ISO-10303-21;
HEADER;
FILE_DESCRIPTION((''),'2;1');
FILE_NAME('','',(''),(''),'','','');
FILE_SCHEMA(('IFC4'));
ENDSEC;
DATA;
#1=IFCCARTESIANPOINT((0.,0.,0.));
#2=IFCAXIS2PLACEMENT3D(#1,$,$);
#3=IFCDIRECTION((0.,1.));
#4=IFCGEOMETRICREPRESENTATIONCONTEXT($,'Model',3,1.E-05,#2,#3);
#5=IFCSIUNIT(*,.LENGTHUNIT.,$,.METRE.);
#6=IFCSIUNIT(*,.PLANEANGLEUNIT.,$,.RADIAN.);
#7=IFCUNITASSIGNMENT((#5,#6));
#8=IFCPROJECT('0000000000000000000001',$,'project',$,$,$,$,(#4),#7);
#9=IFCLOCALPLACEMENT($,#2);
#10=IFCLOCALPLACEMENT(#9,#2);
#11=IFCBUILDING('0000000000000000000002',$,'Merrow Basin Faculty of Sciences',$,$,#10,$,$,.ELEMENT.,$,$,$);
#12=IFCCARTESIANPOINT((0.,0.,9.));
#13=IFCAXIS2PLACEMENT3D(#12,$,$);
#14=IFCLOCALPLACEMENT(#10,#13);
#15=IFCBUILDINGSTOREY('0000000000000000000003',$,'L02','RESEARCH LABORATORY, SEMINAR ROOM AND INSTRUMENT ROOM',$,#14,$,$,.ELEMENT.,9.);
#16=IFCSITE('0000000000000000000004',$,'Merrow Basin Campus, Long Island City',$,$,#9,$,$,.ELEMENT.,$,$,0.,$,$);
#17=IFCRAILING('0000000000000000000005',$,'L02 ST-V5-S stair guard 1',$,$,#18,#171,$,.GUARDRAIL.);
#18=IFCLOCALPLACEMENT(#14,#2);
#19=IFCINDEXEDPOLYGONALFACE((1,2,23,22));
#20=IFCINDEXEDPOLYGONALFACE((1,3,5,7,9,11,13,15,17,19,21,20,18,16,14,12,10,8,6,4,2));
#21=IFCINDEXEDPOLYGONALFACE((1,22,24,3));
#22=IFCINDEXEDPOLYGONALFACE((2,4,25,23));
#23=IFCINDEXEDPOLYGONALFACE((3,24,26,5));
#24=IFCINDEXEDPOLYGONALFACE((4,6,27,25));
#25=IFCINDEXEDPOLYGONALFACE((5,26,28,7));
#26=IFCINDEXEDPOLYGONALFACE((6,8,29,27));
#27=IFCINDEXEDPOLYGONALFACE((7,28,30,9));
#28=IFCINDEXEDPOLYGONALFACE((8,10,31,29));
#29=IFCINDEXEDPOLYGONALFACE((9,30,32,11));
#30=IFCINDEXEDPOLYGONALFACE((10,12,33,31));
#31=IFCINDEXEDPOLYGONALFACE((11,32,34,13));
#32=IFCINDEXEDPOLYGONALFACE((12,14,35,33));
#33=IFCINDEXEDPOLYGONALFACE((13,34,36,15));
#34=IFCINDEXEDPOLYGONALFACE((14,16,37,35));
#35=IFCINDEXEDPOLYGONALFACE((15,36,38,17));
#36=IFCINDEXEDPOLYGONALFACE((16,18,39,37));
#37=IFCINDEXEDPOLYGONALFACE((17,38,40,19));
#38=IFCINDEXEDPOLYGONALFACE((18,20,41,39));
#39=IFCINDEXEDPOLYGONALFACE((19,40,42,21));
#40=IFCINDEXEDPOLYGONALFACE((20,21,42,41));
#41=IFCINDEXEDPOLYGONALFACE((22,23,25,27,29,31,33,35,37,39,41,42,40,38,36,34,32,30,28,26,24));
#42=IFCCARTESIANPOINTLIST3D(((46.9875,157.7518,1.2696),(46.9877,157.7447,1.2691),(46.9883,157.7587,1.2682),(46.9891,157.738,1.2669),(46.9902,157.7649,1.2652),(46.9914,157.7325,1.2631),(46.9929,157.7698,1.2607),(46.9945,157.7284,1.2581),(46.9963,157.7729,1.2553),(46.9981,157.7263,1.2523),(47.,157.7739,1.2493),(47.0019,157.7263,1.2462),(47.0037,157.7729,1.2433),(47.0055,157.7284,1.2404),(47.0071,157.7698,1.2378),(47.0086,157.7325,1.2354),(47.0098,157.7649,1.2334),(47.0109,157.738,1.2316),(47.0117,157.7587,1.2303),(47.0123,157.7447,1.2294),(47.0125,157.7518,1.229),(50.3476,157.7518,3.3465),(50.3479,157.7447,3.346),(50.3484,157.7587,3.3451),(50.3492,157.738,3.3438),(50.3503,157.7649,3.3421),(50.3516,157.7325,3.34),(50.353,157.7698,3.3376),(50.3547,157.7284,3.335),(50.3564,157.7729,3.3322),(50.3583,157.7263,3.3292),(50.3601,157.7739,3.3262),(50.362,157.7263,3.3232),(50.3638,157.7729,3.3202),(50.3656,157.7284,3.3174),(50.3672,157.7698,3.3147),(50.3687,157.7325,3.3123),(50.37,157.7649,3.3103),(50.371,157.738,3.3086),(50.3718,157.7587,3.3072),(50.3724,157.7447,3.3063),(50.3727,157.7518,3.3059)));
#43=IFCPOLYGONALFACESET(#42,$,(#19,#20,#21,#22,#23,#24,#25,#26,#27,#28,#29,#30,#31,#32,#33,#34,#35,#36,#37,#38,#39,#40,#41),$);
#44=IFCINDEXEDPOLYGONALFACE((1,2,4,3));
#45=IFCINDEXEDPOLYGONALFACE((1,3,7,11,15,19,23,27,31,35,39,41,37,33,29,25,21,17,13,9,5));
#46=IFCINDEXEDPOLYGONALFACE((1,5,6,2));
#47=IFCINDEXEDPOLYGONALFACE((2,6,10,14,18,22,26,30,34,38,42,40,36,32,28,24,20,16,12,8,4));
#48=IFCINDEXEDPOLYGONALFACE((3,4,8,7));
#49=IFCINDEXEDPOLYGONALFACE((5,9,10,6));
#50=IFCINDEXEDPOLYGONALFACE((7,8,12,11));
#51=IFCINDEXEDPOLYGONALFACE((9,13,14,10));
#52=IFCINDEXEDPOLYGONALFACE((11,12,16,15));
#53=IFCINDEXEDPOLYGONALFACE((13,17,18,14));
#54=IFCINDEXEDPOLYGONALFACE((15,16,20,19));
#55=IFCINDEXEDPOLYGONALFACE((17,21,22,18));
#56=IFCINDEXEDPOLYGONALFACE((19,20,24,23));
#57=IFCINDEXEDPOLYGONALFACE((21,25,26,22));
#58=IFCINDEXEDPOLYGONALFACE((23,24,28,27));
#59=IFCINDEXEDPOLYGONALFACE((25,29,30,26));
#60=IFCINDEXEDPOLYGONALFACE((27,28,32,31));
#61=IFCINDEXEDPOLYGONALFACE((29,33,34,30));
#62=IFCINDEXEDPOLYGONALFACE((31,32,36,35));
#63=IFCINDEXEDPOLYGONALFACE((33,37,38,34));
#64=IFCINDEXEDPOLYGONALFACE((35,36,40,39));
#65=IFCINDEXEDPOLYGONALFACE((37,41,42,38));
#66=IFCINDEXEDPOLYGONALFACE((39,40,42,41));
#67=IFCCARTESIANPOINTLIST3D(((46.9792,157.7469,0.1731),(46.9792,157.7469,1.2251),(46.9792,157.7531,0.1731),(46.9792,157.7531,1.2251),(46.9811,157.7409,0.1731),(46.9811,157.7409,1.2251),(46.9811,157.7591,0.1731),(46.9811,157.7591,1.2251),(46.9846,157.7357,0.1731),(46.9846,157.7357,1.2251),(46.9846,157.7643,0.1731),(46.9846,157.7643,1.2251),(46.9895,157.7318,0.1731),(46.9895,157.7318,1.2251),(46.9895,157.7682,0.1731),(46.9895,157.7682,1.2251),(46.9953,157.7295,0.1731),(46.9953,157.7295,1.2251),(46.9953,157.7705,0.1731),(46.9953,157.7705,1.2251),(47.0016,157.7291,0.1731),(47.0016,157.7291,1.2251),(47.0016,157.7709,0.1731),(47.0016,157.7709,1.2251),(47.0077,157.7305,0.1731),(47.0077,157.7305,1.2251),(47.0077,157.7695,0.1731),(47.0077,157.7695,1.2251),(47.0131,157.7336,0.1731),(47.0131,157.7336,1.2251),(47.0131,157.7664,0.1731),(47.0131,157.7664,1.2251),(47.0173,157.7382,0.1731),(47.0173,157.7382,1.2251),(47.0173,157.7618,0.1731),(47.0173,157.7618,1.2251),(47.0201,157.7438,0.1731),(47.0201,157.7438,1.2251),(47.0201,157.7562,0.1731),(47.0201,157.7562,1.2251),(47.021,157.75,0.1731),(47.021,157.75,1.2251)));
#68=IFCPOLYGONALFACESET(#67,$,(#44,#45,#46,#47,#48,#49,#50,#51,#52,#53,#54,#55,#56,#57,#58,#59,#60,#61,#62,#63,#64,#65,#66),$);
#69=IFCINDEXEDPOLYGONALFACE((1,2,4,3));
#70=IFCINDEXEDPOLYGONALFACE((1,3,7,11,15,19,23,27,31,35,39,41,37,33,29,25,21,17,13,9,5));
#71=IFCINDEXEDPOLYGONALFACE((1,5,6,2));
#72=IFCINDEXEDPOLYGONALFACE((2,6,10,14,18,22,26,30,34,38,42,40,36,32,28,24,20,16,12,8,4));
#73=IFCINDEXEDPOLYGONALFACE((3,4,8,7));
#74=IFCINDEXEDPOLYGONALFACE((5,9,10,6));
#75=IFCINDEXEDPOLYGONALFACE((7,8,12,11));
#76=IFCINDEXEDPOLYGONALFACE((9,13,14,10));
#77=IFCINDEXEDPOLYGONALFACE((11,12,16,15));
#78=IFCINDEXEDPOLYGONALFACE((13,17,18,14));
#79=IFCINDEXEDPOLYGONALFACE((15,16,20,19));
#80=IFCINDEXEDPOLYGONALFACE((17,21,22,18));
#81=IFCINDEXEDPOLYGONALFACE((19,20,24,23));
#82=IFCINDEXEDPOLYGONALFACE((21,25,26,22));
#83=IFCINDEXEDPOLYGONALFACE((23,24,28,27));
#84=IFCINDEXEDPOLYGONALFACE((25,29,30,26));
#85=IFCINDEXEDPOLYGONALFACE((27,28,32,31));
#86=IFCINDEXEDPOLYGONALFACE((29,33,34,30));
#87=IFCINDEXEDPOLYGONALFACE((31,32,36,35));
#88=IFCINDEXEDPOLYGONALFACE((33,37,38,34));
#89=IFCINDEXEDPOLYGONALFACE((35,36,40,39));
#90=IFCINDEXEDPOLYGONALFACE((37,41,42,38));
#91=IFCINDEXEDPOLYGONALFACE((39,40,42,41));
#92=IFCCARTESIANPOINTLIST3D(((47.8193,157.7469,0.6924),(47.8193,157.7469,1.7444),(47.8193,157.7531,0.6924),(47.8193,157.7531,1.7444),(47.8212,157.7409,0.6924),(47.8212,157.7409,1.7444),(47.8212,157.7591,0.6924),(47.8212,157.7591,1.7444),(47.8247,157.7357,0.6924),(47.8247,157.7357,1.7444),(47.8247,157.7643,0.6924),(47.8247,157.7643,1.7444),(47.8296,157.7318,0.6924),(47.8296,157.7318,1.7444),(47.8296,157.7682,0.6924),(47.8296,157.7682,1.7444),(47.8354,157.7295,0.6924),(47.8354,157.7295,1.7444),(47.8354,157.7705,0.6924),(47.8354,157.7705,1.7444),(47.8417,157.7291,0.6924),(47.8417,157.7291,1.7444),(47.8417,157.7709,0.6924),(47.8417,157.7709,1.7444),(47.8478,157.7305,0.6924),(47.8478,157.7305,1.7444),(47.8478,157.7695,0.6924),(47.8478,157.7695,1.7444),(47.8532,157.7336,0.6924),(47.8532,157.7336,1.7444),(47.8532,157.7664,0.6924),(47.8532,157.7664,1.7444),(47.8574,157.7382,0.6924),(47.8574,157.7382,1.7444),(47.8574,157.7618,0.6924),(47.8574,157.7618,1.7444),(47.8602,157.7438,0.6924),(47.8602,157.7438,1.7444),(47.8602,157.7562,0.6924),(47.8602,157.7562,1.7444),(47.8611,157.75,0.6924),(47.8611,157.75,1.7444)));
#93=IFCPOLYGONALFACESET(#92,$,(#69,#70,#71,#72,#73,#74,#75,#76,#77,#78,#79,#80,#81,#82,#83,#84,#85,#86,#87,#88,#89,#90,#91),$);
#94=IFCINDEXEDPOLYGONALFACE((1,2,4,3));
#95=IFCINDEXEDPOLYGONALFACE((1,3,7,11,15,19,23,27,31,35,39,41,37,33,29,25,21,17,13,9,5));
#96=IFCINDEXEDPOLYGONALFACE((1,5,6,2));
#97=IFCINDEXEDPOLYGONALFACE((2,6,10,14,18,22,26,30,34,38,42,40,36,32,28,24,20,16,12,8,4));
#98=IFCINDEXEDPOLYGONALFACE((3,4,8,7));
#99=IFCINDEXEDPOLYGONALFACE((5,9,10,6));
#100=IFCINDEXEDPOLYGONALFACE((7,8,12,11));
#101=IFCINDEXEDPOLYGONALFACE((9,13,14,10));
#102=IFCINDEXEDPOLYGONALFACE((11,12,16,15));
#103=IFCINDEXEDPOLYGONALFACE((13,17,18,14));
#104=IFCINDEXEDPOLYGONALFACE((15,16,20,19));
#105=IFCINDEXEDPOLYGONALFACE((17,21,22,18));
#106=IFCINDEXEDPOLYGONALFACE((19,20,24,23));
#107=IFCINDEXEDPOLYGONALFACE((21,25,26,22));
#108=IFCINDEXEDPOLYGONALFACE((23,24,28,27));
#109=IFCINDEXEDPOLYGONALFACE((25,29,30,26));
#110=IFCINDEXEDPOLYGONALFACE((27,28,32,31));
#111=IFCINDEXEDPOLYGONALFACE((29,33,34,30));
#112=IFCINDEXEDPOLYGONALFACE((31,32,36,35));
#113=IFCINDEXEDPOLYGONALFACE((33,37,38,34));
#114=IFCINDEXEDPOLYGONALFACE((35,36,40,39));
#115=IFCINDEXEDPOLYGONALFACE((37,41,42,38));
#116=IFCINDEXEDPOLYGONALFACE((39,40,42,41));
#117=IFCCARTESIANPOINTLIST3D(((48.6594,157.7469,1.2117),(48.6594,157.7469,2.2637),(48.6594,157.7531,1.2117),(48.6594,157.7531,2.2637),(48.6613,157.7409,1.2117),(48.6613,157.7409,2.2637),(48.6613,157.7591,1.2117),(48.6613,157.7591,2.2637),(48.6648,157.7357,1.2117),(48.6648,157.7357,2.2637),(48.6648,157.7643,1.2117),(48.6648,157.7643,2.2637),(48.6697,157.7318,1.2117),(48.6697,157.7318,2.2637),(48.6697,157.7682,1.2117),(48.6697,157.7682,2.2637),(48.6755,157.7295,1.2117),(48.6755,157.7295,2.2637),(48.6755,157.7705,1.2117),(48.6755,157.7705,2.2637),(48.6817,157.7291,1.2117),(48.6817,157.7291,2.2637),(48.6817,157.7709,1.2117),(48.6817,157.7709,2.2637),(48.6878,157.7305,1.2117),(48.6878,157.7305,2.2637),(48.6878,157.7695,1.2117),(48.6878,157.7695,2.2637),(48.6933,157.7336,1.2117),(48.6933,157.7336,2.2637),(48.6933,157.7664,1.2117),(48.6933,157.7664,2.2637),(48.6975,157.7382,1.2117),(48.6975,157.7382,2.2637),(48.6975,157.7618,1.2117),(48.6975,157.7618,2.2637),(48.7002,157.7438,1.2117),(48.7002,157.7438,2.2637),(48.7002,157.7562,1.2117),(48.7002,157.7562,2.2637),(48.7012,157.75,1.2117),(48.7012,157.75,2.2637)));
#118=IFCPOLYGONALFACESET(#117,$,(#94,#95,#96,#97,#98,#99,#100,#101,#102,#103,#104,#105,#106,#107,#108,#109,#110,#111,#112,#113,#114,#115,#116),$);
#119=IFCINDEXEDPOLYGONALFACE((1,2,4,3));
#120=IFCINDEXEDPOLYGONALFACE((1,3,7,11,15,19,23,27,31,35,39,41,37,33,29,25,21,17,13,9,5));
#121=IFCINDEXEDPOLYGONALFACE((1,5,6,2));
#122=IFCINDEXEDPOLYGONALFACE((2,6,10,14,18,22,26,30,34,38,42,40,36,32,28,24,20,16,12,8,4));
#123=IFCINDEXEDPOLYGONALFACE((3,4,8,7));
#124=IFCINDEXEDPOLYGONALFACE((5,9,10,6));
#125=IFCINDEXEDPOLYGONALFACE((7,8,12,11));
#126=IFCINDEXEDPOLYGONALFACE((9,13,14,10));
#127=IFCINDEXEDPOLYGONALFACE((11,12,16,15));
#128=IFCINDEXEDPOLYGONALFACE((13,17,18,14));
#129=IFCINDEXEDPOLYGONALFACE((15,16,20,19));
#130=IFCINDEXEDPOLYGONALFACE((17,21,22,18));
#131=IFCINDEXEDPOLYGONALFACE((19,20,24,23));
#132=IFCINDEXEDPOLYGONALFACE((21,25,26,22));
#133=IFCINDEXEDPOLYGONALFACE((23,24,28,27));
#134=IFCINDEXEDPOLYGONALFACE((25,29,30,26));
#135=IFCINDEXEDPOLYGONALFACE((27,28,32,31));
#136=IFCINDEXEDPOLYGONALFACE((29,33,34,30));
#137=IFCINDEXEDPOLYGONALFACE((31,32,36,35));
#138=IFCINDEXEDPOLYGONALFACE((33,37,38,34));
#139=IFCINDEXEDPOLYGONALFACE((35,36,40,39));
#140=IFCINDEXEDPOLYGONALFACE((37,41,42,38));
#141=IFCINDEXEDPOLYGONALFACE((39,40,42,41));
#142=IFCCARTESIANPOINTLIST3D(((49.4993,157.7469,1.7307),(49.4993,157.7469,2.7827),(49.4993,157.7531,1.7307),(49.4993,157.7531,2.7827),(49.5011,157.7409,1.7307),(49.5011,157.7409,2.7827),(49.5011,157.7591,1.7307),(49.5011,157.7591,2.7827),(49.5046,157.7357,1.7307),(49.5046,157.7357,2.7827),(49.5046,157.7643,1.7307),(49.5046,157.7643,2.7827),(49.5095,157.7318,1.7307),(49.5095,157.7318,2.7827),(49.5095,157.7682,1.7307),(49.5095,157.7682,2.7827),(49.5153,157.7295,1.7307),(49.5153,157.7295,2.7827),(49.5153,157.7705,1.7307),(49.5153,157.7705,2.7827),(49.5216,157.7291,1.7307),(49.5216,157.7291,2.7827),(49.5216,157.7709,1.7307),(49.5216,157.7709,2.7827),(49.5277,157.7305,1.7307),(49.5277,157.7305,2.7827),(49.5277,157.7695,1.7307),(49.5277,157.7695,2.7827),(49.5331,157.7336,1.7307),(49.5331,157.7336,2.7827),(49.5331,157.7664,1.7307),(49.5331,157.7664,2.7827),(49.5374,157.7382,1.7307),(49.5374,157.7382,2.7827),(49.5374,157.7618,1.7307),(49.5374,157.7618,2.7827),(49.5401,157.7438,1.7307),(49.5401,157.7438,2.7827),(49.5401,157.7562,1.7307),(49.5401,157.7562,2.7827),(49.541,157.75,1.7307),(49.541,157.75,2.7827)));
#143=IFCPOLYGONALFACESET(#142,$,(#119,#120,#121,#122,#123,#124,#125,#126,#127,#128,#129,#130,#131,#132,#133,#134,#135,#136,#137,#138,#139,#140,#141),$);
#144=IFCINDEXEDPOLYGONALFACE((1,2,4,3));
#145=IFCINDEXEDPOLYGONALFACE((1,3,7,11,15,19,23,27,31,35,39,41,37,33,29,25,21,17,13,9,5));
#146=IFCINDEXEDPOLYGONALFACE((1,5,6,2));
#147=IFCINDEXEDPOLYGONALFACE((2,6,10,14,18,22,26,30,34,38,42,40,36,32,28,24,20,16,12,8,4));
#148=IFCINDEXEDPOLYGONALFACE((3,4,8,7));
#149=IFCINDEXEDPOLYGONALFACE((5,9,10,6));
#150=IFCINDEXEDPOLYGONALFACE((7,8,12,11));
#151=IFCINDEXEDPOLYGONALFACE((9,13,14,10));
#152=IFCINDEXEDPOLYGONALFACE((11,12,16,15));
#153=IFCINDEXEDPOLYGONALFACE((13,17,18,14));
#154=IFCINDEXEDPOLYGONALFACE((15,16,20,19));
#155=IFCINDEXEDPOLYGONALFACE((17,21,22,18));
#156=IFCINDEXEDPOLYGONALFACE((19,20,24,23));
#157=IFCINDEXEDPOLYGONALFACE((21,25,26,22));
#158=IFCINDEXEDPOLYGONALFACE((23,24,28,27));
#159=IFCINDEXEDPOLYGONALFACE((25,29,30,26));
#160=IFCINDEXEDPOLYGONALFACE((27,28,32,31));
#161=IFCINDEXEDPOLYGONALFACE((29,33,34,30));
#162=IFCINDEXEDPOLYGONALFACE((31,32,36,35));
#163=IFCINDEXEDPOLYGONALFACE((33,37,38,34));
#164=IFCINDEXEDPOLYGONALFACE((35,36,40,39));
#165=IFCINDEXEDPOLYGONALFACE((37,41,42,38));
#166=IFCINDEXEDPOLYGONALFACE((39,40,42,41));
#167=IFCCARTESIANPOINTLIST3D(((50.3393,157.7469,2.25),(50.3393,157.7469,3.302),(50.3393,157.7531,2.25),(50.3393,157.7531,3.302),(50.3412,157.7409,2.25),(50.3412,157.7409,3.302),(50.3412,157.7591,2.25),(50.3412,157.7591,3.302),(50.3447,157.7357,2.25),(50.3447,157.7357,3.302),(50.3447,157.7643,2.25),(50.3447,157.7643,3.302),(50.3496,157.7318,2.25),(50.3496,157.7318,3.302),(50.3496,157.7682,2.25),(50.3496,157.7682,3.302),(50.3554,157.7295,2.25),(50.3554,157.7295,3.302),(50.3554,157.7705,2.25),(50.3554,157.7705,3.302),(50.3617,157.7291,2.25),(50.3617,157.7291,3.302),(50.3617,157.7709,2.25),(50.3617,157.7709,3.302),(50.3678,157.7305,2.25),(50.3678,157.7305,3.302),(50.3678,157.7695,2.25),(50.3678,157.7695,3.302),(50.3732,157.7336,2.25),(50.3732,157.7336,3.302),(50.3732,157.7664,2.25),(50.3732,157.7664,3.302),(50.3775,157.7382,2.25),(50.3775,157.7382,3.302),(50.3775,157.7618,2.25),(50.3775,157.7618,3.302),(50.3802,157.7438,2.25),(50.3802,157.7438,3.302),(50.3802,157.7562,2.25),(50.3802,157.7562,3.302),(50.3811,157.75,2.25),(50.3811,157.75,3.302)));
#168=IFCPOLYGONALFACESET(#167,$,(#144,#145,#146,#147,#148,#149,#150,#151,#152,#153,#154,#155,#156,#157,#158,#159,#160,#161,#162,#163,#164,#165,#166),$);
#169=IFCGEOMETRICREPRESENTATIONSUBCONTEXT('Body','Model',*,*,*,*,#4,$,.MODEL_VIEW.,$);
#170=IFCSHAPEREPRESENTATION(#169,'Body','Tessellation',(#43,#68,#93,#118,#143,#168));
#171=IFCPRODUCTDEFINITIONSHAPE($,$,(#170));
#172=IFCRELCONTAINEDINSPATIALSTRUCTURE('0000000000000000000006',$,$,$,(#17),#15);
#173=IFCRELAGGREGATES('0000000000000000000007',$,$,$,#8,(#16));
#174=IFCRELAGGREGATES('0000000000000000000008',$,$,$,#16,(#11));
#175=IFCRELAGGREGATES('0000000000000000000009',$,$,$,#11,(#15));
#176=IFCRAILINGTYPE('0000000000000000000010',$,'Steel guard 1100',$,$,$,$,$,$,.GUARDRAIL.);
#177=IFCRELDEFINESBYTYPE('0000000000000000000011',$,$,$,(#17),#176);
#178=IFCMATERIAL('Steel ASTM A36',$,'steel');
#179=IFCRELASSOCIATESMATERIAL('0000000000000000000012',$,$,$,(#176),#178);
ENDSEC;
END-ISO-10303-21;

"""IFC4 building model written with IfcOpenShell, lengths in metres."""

from ifc_helpers import new_model, si_unit, direction, frame, origin, origin_2d, place, context, subcontext, project, spatial, circle, extrude, material, type_object, element, save


model = new_model("IFC4")

# Units and contexts
model_context = context("Model", 3, precision=1e-05, world=origin(), true_north=direction((0.0, 1.0)))
body_context = subcontext(model_context, "Body", "Model", "MODEL_VIEW")
ifc_project = project(units=[si_unit("LENGTHUNIT", "METRE"), si_unit("PLANEANGLEUNIT", "RADIAN")], contexts=[model_context])

# Site, building, storey
site_placement = place(None, origin())
site = spatial("IfcSite", under=ifc_project, at=site_placement, Name="Merrow Basin Campus, Long Island City", CompositionType="ELEMENT", RefElevation=0.0)
building_placement = place(site_placement, origin())
building = spatial("IfcBuilding", under=site, at=building_placement, Name="Merrow Basin Faculty of Sciences", CompositionType="ELEMENT")
storey_placement = place(building_placement, frame((0.0, 0.0, 9.0)))
storey = spatial("IfcBuildingStorey", under=building, at=storey_placement, Name="L02", Description="RESEARCH LABORATORY, SEMINAR ROOM AND INSTRUMENT ROOM", CompositionType="ELEMENT", Elevation=9.0)

# Railing
ifc_material_1 = material(Name="Steel ASTM A36", Category="steel")
railing_type_1 = type_object("IfcRailingType", Name="Steel guard 1100", PredefinedType="GUARDRAIL", material=ifc_material_1)
railing_1_placement = place(storey_placement, frame((47.0, 157.75, 0.1731)))
element("IfcRailing", 1, at=railing_1_placement, inside=storey, type_object=railing_type_1, Name="L02 ST-V5-S stair guard 1", PredefinedType="GUARDRAIL", context=body_context, shape_type="SweptSolid", body=[
    extrude(circle(Radius=0.0239, at=origin_2d()), frame((0.0, 0.0, 1.0762), z_axis=(0.850623, 0.0, 0.525776), x_axis=(0.0, 1.0, 0.0)), (0.0, 0.0, 1.0), 3.9502),
    extrude(circle(Radius=0.021, at=origin_2d()), origin(), (0.0, 0.0, 1.0), 1.052),
    extrude(circle(Radius=0.021, at=origin_2d()), frame((0.8401, 0.0, 0.5193)), (0.0, 0.0, 1.0), 1.052),
    extrude(circle(Radius=0.021, at=origin_2d()), frame((1.6802, 0.0, 1.0386)), (0.0, 0.0, 1.0), 1.052),
    extrude(circle(Radius=0.021, at=origin_2d()), frame((2.52, 0.0, 1.5576)), (0.0, 0.0, 1.0), 1.052),
    extrude(circle(Radius=0.021, at=origin_2d()), frame((3.3601, 0.0, 2.0769)), (0.0, 0.0, 1.0), 1.052),
])

save(model, "model.ifc")
